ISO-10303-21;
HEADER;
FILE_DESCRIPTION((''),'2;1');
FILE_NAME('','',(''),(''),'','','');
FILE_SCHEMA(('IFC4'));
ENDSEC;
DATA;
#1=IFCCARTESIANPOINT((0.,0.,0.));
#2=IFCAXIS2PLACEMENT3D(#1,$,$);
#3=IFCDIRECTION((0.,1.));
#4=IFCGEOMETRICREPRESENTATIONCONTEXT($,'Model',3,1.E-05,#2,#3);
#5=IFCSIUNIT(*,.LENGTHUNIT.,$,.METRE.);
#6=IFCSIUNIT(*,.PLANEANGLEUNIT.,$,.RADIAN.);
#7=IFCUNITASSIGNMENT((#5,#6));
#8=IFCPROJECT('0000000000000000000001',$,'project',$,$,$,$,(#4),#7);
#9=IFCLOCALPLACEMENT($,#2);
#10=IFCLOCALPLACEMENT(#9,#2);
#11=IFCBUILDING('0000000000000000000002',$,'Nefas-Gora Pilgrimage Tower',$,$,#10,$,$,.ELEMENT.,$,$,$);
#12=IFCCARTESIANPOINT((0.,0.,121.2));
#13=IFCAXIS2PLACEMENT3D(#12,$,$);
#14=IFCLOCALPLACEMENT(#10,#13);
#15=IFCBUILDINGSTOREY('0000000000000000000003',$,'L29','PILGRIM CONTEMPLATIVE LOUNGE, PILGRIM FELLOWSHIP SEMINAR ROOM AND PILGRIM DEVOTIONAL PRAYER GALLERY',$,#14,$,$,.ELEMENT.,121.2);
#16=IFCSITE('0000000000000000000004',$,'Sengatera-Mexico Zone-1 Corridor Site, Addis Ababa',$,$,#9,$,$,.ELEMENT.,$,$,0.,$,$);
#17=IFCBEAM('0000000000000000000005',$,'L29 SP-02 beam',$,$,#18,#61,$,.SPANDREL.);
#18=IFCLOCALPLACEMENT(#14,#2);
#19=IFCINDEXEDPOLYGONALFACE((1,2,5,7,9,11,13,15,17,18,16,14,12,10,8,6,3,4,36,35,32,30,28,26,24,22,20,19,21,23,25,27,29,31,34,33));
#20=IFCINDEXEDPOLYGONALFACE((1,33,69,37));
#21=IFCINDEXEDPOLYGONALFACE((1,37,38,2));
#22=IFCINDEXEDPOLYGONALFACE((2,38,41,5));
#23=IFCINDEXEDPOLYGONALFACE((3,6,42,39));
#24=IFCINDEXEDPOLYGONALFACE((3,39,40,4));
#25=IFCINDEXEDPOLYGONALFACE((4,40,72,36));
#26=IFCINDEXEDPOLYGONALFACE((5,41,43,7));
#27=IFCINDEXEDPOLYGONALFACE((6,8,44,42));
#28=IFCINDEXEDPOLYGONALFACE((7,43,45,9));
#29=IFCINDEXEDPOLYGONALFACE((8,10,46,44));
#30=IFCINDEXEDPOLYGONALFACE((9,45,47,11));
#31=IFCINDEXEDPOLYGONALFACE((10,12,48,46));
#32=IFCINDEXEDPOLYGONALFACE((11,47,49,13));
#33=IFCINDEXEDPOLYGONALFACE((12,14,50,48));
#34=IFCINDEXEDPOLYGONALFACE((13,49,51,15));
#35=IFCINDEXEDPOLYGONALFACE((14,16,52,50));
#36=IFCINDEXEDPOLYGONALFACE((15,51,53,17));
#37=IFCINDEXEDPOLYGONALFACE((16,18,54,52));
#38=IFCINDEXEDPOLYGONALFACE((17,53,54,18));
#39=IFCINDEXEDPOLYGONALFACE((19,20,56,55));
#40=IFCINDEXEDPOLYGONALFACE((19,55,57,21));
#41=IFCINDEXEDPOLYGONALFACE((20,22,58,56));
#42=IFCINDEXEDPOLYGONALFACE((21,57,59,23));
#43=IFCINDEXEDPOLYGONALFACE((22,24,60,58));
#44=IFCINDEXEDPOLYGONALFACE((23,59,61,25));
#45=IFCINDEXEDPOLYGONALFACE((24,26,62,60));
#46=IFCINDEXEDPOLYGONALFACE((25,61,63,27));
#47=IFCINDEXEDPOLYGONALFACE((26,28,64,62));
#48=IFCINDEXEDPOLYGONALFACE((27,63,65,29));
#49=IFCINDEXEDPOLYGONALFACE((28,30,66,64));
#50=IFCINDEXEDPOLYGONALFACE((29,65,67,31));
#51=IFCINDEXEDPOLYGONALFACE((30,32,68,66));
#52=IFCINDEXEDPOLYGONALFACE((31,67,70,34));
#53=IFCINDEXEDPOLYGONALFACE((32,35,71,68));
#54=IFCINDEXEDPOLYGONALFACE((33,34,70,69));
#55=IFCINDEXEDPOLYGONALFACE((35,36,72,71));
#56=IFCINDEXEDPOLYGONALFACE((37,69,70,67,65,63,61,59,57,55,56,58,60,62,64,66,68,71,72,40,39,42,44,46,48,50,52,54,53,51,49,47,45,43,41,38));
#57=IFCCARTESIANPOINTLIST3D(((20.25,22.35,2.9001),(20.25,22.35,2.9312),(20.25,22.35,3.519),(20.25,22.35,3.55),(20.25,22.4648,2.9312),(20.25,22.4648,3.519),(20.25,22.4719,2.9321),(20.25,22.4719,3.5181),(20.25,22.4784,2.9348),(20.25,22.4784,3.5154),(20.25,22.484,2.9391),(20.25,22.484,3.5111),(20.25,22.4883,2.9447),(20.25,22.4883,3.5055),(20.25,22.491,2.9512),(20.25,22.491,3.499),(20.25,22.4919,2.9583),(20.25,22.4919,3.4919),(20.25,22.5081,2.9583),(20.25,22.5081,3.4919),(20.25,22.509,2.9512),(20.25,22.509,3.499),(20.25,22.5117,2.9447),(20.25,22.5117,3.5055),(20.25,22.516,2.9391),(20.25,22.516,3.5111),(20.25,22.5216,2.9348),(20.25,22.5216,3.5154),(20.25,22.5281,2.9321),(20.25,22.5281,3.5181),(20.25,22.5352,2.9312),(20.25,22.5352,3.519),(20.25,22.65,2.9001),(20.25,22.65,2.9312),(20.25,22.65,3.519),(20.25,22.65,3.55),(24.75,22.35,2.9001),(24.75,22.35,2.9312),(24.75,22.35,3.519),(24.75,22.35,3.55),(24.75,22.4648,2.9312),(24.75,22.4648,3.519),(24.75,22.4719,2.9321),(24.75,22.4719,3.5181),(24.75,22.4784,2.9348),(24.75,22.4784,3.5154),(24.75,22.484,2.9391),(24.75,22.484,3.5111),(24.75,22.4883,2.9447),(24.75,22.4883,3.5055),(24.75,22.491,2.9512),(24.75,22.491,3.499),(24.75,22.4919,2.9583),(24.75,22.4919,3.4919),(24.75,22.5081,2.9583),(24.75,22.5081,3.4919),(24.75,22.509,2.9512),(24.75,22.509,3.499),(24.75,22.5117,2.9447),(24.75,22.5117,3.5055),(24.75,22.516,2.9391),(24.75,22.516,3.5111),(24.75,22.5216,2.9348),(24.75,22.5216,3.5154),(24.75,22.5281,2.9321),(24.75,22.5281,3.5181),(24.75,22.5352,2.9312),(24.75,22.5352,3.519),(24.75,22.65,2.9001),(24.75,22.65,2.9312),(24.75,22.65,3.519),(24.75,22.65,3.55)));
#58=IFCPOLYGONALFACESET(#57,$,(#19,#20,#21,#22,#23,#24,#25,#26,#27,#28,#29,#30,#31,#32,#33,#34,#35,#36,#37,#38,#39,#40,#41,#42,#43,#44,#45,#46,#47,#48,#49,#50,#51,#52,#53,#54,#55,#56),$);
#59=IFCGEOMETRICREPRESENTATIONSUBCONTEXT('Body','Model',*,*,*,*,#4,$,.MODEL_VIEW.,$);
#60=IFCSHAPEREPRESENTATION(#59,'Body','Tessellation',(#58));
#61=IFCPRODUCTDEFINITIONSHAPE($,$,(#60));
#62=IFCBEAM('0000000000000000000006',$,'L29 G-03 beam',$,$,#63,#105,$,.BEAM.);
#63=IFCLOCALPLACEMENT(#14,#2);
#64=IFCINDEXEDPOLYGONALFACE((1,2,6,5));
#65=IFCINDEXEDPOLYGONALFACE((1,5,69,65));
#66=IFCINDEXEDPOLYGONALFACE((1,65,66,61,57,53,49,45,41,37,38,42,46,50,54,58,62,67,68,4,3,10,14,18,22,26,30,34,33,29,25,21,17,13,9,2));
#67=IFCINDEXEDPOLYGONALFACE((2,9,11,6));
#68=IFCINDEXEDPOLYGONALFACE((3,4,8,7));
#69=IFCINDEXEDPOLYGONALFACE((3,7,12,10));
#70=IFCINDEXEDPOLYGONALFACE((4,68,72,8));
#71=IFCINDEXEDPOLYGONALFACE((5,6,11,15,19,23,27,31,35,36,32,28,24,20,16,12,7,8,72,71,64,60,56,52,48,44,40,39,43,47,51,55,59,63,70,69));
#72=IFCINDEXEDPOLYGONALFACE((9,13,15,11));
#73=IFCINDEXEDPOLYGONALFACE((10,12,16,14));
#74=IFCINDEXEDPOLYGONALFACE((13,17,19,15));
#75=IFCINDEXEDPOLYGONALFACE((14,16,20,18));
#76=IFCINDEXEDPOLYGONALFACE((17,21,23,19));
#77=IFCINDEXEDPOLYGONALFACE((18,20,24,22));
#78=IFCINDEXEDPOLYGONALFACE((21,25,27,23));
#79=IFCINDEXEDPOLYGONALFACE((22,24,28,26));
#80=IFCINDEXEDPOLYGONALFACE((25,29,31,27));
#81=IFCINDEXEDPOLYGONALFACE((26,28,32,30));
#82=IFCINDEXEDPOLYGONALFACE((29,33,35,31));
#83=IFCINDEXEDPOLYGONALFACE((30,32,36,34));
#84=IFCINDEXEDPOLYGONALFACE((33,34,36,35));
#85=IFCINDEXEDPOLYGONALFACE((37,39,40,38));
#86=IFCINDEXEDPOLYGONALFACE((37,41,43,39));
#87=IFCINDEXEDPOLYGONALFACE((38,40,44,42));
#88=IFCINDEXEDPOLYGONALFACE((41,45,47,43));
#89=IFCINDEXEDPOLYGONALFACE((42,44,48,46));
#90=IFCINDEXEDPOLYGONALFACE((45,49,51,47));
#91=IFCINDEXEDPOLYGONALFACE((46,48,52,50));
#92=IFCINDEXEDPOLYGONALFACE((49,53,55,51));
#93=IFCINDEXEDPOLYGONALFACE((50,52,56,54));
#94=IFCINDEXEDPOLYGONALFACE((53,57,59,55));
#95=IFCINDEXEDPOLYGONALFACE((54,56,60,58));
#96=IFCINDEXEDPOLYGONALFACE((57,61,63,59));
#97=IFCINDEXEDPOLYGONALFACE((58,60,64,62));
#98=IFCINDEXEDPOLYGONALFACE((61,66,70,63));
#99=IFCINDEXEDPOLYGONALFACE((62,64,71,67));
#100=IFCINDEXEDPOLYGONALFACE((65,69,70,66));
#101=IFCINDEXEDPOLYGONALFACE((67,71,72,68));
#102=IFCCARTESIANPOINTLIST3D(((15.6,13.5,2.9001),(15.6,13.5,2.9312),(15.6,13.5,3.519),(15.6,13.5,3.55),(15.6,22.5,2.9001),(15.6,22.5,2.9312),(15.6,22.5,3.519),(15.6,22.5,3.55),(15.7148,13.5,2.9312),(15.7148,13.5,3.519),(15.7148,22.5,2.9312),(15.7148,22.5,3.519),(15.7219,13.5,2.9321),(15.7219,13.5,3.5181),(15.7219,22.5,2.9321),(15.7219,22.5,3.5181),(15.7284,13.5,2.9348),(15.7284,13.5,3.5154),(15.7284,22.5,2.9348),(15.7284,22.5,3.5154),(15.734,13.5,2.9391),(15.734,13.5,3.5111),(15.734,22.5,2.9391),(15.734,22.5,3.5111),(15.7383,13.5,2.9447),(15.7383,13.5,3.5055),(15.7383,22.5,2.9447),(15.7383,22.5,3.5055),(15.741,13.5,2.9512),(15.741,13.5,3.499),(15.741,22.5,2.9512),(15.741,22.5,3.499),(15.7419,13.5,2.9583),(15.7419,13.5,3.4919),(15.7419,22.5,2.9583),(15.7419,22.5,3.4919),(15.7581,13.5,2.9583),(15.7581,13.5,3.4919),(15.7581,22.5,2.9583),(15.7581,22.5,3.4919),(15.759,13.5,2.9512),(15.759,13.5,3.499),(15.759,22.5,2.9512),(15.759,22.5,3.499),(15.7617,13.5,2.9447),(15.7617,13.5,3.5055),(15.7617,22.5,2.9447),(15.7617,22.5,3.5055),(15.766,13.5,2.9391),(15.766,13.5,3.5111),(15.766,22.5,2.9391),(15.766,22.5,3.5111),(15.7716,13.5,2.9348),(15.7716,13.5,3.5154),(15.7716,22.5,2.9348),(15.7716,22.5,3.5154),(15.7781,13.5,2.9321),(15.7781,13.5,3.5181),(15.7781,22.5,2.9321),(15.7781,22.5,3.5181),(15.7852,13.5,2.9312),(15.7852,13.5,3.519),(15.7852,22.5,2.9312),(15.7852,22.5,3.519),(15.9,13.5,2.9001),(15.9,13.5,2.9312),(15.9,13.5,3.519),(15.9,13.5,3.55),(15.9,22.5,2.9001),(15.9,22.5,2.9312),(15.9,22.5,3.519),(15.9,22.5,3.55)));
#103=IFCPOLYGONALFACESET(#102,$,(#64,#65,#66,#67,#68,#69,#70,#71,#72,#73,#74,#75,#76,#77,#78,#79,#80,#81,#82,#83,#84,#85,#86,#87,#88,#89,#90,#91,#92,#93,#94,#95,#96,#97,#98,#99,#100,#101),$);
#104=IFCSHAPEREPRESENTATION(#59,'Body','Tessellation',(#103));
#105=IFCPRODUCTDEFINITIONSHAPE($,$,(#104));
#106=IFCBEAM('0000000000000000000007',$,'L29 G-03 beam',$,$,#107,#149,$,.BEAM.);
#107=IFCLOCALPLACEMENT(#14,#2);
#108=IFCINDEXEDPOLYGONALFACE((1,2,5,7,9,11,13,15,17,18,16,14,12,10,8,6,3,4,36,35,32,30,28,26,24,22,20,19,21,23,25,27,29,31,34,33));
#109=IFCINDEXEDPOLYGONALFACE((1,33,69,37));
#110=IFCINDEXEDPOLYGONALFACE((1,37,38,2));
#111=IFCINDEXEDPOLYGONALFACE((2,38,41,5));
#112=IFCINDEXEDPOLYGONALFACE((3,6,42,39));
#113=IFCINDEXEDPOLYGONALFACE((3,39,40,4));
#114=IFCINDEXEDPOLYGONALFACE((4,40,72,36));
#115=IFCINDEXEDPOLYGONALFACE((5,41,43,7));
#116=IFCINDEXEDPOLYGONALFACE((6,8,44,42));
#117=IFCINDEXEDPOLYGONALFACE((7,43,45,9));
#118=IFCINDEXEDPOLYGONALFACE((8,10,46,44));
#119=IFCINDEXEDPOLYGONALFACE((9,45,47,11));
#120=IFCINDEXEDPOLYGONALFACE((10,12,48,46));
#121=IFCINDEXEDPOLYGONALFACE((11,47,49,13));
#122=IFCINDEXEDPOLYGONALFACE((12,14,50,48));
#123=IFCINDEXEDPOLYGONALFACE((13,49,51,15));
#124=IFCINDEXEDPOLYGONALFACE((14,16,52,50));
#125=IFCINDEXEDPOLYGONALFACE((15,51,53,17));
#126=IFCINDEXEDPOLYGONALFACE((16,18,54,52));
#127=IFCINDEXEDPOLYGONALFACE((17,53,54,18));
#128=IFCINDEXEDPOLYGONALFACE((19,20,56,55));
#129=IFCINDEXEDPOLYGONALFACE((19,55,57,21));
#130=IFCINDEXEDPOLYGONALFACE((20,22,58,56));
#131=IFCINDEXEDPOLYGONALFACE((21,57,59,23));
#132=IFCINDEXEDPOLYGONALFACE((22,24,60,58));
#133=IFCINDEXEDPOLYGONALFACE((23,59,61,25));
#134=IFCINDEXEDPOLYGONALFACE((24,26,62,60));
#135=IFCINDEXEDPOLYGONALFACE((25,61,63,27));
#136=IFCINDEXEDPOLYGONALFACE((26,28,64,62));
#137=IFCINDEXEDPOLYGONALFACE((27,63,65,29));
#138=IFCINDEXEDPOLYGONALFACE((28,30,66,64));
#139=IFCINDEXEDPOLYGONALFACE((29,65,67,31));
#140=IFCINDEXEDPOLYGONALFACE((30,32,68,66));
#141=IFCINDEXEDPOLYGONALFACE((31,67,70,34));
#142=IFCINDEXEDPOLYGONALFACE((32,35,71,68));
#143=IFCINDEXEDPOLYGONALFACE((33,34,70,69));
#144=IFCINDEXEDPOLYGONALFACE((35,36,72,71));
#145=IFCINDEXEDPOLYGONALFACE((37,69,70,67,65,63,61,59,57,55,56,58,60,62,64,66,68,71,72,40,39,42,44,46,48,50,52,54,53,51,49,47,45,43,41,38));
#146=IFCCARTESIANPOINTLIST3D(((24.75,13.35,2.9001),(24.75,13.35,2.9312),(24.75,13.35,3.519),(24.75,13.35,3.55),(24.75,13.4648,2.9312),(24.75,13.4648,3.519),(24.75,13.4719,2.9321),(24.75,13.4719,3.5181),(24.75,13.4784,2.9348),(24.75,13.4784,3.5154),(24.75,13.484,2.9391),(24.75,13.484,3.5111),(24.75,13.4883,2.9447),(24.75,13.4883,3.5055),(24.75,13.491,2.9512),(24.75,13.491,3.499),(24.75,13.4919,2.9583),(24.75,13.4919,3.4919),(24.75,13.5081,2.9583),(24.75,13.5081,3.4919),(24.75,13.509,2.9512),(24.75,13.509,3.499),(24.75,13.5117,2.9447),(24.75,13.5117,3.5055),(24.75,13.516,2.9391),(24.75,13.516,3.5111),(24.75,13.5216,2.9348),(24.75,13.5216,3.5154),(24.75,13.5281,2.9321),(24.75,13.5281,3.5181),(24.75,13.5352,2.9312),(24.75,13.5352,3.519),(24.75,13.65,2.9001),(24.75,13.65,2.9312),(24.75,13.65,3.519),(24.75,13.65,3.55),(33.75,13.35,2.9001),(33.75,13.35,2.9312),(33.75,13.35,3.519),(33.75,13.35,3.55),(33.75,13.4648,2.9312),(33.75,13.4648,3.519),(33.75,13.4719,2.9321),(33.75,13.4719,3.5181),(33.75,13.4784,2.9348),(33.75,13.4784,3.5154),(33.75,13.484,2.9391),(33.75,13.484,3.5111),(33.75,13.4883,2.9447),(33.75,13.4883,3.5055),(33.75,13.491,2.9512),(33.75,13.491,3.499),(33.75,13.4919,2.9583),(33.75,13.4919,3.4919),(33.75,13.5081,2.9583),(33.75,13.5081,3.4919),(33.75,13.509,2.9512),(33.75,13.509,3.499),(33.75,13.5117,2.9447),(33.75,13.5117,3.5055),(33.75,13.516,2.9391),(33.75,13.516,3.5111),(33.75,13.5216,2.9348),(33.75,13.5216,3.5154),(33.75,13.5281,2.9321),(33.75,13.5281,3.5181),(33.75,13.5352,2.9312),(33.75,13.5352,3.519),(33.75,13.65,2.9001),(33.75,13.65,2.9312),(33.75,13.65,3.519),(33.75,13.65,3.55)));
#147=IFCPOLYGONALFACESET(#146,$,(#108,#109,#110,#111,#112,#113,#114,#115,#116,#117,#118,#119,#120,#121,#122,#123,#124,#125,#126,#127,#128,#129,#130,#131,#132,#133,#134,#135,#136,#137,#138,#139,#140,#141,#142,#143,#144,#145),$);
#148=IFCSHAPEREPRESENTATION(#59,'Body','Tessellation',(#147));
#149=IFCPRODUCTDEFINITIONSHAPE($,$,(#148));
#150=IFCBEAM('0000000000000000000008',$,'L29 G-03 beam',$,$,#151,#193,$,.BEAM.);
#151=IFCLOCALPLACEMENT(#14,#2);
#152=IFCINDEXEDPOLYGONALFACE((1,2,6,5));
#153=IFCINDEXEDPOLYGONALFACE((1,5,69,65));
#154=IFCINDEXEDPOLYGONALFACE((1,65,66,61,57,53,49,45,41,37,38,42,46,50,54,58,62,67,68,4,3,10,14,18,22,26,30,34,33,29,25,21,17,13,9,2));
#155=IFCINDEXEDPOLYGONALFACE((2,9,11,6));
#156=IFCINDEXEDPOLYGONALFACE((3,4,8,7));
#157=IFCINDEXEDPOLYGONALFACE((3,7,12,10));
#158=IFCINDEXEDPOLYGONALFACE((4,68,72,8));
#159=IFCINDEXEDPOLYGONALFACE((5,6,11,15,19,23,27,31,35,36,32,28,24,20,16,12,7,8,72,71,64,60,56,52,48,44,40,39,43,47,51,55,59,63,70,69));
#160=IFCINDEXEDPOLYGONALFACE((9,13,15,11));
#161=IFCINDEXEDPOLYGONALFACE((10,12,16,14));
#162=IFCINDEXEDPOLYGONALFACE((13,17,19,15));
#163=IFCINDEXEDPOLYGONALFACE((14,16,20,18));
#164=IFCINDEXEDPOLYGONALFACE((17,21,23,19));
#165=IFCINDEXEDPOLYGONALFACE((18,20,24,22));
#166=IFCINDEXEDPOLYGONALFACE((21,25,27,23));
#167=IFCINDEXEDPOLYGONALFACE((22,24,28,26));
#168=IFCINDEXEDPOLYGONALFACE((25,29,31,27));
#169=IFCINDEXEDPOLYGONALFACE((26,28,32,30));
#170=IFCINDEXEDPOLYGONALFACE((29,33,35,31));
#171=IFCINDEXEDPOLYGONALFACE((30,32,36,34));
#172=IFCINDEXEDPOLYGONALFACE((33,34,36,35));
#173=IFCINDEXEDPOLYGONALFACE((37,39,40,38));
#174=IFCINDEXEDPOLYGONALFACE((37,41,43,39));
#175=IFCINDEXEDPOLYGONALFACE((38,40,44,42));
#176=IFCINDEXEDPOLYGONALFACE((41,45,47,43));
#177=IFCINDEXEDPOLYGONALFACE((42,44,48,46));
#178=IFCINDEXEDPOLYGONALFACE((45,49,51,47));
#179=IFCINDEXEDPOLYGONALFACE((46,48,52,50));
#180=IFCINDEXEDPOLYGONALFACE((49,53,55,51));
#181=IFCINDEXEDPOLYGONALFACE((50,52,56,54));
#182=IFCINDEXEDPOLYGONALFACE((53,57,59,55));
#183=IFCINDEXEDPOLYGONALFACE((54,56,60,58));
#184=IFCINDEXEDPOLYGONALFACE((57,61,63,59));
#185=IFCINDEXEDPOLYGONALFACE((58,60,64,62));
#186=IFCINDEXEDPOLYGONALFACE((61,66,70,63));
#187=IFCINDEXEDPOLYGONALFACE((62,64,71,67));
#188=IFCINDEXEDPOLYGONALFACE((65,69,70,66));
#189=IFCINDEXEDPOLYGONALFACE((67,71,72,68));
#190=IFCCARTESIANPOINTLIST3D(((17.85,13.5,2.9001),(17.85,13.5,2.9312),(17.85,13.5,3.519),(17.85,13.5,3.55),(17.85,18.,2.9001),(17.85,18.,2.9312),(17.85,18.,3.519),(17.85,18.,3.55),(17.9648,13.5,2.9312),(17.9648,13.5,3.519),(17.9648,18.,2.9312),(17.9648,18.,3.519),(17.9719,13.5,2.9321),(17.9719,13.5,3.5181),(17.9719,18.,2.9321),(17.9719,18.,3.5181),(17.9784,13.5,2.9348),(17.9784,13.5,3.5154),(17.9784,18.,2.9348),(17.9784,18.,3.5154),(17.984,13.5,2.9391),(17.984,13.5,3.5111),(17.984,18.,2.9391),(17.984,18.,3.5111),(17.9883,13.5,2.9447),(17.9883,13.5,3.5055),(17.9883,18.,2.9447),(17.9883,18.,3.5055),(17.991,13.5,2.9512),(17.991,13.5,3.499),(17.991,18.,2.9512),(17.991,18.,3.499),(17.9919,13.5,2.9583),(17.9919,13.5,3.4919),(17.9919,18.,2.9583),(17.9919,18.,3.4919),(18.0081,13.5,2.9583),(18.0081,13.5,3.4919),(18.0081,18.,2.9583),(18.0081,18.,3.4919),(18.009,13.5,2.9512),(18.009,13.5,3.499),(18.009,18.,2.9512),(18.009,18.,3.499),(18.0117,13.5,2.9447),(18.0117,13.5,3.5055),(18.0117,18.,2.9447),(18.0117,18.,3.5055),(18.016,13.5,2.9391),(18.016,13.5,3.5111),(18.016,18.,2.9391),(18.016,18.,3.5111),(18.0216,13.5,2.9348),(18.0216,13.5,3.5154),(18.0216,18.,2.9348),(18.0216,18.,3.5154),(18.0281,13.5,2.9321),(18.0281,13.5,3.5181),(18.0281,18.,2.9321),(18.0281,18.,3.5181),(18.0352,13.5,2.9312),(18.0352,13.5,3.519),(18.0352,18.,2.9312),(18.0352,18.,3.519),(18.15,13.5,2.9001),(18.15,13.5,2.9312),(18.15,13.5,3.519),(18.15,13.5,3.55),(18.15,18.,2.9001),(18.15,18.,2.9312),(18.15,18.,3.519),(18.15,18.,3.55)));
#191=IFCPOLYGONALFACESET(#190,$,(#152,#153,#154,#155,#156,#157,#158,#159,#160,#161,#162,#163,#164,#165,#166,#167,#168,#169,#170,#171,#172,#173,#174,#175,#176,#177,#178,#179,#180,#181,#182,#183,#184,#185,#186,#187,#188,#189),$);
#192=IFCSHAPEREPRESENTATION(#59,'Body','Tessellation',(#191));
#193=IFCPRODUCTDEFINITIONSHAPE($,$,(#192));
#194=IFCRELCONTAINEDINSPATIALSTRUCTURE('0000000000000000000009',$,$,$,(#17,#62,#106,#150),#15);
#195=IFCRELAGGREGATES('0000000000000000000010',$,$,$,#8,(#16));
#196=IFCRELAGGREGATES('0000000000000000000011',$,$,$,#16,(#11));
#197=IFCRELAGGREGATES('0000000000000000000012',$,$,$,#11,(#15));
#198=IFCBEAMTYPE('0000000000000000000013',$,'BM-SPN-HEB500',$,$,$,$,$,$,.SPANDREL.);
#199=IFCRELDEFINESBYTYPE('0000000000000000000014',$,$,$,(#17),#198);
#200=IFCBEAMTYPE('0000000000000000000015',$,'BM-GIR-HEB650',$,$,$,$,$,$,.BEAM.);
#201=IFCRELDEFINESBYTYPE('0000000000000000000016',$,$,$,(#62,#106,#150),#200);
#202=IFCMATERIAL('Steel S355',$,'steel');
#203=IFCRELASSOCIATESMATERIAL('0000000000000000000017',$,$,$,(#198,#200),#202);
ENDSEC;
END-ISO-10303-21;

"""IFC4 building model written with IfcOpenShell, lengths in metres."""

from ifc_helpers import new_model, si_unit, direction, frame, origin, origin_2d, place, context, subcontext, project, spatial, i_section, extrude, source, transform, mapped, material, material_profile, profile_set, type_object, element, save


model = new_model("IFC4")

# Units and contexts
model_context = context("Model", 3, precision=1e-05, world=origin(), true_north=direction((0.0, 1.0)))
body_context = subcontext(model_context, "Body", "Model", "MODEL_VIEW")
ifc_project = project(units=[si_unit("LENGTHUNIT", "METRE"), si_unit("PLANEANGLEUNIT", "RADIAN")], contexts=[model_context])

# Site, building, storey
site_placement = place(None, origin())
site = spatial("IfcSite", under=ifc_project, at=site_placement, Name="Sengatera-Mexico Zone-1 Corridor Site, Addis Ababa", CompositionType="ELEMENT", RefElevation=0.0)
building_placement = place(site_placement, origin())
building = spatial("IfcBuilding", under=site, at=building_placement, Name="Nefas-Gora Pilgrimage Tower", CompositionType="ELEMENT")
storey_placement = place(building_placement, frame((0.0, 0.0, 121.2)))
storey = spatial("IfcBuildingStorey", under=building, at=storey_placement, Name="L29", Description="PILGRIM CONTEMPLATIVE LOUNGE, PILGRIM FELLOWSHIP SEMINAR ROOM AND PILGRIM DEVOTIONAL PRAYER GALLERY", CompositionType="ELEMENT", Elevation=121.2)

# Beams
ifc_material_1 = material(Name="Steel S355", Category="steel")
ifc_material_profile_1 = material_profile(ifc_material_1, i_section(OverallWidth=0.3, OverallDepth=0.6499, WebThickness=0.0161, FlangeThickness=0.031, FilletRadius=0.0271, at=origin_2d()), Name="HEB 650")
ifc_profile_set_1 = profile_set([ifc_material_profile_1], Name="Steel S355")
beam_type_1 = type_object("IfcBeamType", Name="BM-SPN-HEB500", PredefinedType="SPANDREL", material=ifc_profile_set_1)
shared_shape_1 = source(origin(), body_context, "Body", "SweptSolid", [
    extrude(i_section(OverallWidth=0.3, OverallDepth=0.6499, WebThickness=0.0161, FlangeThickness=0.031, FilletRadius=0.0271, at=origin_2d()), origin(), (0.0, 0.0, 1.0), 4.5),
])
beam_1_placement = place(storey_placement, frame((20.25, 22.5, 3.2251), z_axis=(1.0, 0.0, 0.0), x_axis=(0.0, 1.0, 0.0)))
element("IfcBeam", 1, at=beam_1_placement, inside=storey, type_object=beam_type_1, Name="L29 SP-02 beam", PredefinedType="SPANDREL", context=body_context, shape_type="MappedRepresentation", body=[
    mapped(shared_shape_1, transform((0.0, 0.0, 0.0), x_axis=(1.0, 0.0, 0.0), y_axis=(0.0, 1.0, 0.0), z_axis=(0.0, 0.0, 1.0), scale=1.0)),
])
ifc_material_profile_2 = material_profile(ifc_material_1, i_section(OverallWidth=0.3, OverallDepth=0.6499, WebThickness=0.0161, FlangeThickness=0.031, FilletRadius=0.0271, at=origin_2d()), Name="HEB 650")
ifc_profile_set_2 = profile_set([ifc_material_profile_2], Name="Steel S355")
beam_type_2 = type_object("IfcBeamType", Name="BM-GIR-HEB650", PredefinedType="BEAM", material=ifc_profile_set_2)
shared_shape_2 = source(origin(), body_context, "Body", "SweptSolid", [
    extrude(i_section(OverallWidth=0.3, OverallDepth=0.6499, WebThickness=0.0161, FlangeThickness=0.031, FilletRadius=0.0271, at=origin_2d()), origin(), (0.0, 0.0, 1.0), 9.0),
])
for number, where, z_axis, x_axis, name in (
    (2, (15.75, 13.5, 3.2251), (0.0, 1.0, 0.0), (-1.0, 0.0, 0.0), "L29 G-03 beam"),
    (3, (24.75, 13.5, 3.2251), (1.0, 0.0, 0.0), (0.0, 1.0, 0.0), "L29 G-03 beam"),
):
    element("IfcBeam", number, at=place(storey_placement, frame(where, z_axis=z_axis, x_axis=x_axis)), inside=storey, type_object=beam_type_2, Name=name, PredefinedType="BEAM", context=body_context, shape_type="MappedRepresentation", body=[
        mapped(shared_shape_2, transform((0.0, 0.0, 0.0), x_axis=(1.0, 0.0, 0.0), y_axis=(0.0, 1.0, 0.0), z_axis=(0.0, 0.0, 1.0), scale=1.0)),
    ])
shared_shape_3 = source(origin(), body_context, "Body", "SweptSolid", [
    extrude(i_section(OverallWidth=0.3, OverallDepth=0.6499, WebThickness=0.0161, FlangeThickness=0.031, FilletRadius=0.0271, at=origin_2d()), origin(), (0.0, 0.0, 1.0), 4.5),
])
for number, where, z_axis, x_axis, name in (
    (4, (18.0, 13.5, 3.2251), (0.0, 1.0, 0.0), (-1.0, 0.0, 0.0), "L29 G-03 beam"),
):
    element("IfcBeam", number, at=place(storey_placement, frame(where, z_axis=z_axis, x_axis=x_axis)), inside=storey, type_object=beam_type_2, Name=name, PredefinedType="BEAM", context=body_context, shape_type="MappedRepresentation", body=[
        mapped(shared_shape_3, transform((0.0, 0.0, 0.0), x_axis=(1.0, 0.0, 0.0), y_axis=(0.0, 1.0, 0.0), z_axis=(0.0, 0.0, 1.0), scale=1.0)),
    ])

save(model, "model.ifc")
